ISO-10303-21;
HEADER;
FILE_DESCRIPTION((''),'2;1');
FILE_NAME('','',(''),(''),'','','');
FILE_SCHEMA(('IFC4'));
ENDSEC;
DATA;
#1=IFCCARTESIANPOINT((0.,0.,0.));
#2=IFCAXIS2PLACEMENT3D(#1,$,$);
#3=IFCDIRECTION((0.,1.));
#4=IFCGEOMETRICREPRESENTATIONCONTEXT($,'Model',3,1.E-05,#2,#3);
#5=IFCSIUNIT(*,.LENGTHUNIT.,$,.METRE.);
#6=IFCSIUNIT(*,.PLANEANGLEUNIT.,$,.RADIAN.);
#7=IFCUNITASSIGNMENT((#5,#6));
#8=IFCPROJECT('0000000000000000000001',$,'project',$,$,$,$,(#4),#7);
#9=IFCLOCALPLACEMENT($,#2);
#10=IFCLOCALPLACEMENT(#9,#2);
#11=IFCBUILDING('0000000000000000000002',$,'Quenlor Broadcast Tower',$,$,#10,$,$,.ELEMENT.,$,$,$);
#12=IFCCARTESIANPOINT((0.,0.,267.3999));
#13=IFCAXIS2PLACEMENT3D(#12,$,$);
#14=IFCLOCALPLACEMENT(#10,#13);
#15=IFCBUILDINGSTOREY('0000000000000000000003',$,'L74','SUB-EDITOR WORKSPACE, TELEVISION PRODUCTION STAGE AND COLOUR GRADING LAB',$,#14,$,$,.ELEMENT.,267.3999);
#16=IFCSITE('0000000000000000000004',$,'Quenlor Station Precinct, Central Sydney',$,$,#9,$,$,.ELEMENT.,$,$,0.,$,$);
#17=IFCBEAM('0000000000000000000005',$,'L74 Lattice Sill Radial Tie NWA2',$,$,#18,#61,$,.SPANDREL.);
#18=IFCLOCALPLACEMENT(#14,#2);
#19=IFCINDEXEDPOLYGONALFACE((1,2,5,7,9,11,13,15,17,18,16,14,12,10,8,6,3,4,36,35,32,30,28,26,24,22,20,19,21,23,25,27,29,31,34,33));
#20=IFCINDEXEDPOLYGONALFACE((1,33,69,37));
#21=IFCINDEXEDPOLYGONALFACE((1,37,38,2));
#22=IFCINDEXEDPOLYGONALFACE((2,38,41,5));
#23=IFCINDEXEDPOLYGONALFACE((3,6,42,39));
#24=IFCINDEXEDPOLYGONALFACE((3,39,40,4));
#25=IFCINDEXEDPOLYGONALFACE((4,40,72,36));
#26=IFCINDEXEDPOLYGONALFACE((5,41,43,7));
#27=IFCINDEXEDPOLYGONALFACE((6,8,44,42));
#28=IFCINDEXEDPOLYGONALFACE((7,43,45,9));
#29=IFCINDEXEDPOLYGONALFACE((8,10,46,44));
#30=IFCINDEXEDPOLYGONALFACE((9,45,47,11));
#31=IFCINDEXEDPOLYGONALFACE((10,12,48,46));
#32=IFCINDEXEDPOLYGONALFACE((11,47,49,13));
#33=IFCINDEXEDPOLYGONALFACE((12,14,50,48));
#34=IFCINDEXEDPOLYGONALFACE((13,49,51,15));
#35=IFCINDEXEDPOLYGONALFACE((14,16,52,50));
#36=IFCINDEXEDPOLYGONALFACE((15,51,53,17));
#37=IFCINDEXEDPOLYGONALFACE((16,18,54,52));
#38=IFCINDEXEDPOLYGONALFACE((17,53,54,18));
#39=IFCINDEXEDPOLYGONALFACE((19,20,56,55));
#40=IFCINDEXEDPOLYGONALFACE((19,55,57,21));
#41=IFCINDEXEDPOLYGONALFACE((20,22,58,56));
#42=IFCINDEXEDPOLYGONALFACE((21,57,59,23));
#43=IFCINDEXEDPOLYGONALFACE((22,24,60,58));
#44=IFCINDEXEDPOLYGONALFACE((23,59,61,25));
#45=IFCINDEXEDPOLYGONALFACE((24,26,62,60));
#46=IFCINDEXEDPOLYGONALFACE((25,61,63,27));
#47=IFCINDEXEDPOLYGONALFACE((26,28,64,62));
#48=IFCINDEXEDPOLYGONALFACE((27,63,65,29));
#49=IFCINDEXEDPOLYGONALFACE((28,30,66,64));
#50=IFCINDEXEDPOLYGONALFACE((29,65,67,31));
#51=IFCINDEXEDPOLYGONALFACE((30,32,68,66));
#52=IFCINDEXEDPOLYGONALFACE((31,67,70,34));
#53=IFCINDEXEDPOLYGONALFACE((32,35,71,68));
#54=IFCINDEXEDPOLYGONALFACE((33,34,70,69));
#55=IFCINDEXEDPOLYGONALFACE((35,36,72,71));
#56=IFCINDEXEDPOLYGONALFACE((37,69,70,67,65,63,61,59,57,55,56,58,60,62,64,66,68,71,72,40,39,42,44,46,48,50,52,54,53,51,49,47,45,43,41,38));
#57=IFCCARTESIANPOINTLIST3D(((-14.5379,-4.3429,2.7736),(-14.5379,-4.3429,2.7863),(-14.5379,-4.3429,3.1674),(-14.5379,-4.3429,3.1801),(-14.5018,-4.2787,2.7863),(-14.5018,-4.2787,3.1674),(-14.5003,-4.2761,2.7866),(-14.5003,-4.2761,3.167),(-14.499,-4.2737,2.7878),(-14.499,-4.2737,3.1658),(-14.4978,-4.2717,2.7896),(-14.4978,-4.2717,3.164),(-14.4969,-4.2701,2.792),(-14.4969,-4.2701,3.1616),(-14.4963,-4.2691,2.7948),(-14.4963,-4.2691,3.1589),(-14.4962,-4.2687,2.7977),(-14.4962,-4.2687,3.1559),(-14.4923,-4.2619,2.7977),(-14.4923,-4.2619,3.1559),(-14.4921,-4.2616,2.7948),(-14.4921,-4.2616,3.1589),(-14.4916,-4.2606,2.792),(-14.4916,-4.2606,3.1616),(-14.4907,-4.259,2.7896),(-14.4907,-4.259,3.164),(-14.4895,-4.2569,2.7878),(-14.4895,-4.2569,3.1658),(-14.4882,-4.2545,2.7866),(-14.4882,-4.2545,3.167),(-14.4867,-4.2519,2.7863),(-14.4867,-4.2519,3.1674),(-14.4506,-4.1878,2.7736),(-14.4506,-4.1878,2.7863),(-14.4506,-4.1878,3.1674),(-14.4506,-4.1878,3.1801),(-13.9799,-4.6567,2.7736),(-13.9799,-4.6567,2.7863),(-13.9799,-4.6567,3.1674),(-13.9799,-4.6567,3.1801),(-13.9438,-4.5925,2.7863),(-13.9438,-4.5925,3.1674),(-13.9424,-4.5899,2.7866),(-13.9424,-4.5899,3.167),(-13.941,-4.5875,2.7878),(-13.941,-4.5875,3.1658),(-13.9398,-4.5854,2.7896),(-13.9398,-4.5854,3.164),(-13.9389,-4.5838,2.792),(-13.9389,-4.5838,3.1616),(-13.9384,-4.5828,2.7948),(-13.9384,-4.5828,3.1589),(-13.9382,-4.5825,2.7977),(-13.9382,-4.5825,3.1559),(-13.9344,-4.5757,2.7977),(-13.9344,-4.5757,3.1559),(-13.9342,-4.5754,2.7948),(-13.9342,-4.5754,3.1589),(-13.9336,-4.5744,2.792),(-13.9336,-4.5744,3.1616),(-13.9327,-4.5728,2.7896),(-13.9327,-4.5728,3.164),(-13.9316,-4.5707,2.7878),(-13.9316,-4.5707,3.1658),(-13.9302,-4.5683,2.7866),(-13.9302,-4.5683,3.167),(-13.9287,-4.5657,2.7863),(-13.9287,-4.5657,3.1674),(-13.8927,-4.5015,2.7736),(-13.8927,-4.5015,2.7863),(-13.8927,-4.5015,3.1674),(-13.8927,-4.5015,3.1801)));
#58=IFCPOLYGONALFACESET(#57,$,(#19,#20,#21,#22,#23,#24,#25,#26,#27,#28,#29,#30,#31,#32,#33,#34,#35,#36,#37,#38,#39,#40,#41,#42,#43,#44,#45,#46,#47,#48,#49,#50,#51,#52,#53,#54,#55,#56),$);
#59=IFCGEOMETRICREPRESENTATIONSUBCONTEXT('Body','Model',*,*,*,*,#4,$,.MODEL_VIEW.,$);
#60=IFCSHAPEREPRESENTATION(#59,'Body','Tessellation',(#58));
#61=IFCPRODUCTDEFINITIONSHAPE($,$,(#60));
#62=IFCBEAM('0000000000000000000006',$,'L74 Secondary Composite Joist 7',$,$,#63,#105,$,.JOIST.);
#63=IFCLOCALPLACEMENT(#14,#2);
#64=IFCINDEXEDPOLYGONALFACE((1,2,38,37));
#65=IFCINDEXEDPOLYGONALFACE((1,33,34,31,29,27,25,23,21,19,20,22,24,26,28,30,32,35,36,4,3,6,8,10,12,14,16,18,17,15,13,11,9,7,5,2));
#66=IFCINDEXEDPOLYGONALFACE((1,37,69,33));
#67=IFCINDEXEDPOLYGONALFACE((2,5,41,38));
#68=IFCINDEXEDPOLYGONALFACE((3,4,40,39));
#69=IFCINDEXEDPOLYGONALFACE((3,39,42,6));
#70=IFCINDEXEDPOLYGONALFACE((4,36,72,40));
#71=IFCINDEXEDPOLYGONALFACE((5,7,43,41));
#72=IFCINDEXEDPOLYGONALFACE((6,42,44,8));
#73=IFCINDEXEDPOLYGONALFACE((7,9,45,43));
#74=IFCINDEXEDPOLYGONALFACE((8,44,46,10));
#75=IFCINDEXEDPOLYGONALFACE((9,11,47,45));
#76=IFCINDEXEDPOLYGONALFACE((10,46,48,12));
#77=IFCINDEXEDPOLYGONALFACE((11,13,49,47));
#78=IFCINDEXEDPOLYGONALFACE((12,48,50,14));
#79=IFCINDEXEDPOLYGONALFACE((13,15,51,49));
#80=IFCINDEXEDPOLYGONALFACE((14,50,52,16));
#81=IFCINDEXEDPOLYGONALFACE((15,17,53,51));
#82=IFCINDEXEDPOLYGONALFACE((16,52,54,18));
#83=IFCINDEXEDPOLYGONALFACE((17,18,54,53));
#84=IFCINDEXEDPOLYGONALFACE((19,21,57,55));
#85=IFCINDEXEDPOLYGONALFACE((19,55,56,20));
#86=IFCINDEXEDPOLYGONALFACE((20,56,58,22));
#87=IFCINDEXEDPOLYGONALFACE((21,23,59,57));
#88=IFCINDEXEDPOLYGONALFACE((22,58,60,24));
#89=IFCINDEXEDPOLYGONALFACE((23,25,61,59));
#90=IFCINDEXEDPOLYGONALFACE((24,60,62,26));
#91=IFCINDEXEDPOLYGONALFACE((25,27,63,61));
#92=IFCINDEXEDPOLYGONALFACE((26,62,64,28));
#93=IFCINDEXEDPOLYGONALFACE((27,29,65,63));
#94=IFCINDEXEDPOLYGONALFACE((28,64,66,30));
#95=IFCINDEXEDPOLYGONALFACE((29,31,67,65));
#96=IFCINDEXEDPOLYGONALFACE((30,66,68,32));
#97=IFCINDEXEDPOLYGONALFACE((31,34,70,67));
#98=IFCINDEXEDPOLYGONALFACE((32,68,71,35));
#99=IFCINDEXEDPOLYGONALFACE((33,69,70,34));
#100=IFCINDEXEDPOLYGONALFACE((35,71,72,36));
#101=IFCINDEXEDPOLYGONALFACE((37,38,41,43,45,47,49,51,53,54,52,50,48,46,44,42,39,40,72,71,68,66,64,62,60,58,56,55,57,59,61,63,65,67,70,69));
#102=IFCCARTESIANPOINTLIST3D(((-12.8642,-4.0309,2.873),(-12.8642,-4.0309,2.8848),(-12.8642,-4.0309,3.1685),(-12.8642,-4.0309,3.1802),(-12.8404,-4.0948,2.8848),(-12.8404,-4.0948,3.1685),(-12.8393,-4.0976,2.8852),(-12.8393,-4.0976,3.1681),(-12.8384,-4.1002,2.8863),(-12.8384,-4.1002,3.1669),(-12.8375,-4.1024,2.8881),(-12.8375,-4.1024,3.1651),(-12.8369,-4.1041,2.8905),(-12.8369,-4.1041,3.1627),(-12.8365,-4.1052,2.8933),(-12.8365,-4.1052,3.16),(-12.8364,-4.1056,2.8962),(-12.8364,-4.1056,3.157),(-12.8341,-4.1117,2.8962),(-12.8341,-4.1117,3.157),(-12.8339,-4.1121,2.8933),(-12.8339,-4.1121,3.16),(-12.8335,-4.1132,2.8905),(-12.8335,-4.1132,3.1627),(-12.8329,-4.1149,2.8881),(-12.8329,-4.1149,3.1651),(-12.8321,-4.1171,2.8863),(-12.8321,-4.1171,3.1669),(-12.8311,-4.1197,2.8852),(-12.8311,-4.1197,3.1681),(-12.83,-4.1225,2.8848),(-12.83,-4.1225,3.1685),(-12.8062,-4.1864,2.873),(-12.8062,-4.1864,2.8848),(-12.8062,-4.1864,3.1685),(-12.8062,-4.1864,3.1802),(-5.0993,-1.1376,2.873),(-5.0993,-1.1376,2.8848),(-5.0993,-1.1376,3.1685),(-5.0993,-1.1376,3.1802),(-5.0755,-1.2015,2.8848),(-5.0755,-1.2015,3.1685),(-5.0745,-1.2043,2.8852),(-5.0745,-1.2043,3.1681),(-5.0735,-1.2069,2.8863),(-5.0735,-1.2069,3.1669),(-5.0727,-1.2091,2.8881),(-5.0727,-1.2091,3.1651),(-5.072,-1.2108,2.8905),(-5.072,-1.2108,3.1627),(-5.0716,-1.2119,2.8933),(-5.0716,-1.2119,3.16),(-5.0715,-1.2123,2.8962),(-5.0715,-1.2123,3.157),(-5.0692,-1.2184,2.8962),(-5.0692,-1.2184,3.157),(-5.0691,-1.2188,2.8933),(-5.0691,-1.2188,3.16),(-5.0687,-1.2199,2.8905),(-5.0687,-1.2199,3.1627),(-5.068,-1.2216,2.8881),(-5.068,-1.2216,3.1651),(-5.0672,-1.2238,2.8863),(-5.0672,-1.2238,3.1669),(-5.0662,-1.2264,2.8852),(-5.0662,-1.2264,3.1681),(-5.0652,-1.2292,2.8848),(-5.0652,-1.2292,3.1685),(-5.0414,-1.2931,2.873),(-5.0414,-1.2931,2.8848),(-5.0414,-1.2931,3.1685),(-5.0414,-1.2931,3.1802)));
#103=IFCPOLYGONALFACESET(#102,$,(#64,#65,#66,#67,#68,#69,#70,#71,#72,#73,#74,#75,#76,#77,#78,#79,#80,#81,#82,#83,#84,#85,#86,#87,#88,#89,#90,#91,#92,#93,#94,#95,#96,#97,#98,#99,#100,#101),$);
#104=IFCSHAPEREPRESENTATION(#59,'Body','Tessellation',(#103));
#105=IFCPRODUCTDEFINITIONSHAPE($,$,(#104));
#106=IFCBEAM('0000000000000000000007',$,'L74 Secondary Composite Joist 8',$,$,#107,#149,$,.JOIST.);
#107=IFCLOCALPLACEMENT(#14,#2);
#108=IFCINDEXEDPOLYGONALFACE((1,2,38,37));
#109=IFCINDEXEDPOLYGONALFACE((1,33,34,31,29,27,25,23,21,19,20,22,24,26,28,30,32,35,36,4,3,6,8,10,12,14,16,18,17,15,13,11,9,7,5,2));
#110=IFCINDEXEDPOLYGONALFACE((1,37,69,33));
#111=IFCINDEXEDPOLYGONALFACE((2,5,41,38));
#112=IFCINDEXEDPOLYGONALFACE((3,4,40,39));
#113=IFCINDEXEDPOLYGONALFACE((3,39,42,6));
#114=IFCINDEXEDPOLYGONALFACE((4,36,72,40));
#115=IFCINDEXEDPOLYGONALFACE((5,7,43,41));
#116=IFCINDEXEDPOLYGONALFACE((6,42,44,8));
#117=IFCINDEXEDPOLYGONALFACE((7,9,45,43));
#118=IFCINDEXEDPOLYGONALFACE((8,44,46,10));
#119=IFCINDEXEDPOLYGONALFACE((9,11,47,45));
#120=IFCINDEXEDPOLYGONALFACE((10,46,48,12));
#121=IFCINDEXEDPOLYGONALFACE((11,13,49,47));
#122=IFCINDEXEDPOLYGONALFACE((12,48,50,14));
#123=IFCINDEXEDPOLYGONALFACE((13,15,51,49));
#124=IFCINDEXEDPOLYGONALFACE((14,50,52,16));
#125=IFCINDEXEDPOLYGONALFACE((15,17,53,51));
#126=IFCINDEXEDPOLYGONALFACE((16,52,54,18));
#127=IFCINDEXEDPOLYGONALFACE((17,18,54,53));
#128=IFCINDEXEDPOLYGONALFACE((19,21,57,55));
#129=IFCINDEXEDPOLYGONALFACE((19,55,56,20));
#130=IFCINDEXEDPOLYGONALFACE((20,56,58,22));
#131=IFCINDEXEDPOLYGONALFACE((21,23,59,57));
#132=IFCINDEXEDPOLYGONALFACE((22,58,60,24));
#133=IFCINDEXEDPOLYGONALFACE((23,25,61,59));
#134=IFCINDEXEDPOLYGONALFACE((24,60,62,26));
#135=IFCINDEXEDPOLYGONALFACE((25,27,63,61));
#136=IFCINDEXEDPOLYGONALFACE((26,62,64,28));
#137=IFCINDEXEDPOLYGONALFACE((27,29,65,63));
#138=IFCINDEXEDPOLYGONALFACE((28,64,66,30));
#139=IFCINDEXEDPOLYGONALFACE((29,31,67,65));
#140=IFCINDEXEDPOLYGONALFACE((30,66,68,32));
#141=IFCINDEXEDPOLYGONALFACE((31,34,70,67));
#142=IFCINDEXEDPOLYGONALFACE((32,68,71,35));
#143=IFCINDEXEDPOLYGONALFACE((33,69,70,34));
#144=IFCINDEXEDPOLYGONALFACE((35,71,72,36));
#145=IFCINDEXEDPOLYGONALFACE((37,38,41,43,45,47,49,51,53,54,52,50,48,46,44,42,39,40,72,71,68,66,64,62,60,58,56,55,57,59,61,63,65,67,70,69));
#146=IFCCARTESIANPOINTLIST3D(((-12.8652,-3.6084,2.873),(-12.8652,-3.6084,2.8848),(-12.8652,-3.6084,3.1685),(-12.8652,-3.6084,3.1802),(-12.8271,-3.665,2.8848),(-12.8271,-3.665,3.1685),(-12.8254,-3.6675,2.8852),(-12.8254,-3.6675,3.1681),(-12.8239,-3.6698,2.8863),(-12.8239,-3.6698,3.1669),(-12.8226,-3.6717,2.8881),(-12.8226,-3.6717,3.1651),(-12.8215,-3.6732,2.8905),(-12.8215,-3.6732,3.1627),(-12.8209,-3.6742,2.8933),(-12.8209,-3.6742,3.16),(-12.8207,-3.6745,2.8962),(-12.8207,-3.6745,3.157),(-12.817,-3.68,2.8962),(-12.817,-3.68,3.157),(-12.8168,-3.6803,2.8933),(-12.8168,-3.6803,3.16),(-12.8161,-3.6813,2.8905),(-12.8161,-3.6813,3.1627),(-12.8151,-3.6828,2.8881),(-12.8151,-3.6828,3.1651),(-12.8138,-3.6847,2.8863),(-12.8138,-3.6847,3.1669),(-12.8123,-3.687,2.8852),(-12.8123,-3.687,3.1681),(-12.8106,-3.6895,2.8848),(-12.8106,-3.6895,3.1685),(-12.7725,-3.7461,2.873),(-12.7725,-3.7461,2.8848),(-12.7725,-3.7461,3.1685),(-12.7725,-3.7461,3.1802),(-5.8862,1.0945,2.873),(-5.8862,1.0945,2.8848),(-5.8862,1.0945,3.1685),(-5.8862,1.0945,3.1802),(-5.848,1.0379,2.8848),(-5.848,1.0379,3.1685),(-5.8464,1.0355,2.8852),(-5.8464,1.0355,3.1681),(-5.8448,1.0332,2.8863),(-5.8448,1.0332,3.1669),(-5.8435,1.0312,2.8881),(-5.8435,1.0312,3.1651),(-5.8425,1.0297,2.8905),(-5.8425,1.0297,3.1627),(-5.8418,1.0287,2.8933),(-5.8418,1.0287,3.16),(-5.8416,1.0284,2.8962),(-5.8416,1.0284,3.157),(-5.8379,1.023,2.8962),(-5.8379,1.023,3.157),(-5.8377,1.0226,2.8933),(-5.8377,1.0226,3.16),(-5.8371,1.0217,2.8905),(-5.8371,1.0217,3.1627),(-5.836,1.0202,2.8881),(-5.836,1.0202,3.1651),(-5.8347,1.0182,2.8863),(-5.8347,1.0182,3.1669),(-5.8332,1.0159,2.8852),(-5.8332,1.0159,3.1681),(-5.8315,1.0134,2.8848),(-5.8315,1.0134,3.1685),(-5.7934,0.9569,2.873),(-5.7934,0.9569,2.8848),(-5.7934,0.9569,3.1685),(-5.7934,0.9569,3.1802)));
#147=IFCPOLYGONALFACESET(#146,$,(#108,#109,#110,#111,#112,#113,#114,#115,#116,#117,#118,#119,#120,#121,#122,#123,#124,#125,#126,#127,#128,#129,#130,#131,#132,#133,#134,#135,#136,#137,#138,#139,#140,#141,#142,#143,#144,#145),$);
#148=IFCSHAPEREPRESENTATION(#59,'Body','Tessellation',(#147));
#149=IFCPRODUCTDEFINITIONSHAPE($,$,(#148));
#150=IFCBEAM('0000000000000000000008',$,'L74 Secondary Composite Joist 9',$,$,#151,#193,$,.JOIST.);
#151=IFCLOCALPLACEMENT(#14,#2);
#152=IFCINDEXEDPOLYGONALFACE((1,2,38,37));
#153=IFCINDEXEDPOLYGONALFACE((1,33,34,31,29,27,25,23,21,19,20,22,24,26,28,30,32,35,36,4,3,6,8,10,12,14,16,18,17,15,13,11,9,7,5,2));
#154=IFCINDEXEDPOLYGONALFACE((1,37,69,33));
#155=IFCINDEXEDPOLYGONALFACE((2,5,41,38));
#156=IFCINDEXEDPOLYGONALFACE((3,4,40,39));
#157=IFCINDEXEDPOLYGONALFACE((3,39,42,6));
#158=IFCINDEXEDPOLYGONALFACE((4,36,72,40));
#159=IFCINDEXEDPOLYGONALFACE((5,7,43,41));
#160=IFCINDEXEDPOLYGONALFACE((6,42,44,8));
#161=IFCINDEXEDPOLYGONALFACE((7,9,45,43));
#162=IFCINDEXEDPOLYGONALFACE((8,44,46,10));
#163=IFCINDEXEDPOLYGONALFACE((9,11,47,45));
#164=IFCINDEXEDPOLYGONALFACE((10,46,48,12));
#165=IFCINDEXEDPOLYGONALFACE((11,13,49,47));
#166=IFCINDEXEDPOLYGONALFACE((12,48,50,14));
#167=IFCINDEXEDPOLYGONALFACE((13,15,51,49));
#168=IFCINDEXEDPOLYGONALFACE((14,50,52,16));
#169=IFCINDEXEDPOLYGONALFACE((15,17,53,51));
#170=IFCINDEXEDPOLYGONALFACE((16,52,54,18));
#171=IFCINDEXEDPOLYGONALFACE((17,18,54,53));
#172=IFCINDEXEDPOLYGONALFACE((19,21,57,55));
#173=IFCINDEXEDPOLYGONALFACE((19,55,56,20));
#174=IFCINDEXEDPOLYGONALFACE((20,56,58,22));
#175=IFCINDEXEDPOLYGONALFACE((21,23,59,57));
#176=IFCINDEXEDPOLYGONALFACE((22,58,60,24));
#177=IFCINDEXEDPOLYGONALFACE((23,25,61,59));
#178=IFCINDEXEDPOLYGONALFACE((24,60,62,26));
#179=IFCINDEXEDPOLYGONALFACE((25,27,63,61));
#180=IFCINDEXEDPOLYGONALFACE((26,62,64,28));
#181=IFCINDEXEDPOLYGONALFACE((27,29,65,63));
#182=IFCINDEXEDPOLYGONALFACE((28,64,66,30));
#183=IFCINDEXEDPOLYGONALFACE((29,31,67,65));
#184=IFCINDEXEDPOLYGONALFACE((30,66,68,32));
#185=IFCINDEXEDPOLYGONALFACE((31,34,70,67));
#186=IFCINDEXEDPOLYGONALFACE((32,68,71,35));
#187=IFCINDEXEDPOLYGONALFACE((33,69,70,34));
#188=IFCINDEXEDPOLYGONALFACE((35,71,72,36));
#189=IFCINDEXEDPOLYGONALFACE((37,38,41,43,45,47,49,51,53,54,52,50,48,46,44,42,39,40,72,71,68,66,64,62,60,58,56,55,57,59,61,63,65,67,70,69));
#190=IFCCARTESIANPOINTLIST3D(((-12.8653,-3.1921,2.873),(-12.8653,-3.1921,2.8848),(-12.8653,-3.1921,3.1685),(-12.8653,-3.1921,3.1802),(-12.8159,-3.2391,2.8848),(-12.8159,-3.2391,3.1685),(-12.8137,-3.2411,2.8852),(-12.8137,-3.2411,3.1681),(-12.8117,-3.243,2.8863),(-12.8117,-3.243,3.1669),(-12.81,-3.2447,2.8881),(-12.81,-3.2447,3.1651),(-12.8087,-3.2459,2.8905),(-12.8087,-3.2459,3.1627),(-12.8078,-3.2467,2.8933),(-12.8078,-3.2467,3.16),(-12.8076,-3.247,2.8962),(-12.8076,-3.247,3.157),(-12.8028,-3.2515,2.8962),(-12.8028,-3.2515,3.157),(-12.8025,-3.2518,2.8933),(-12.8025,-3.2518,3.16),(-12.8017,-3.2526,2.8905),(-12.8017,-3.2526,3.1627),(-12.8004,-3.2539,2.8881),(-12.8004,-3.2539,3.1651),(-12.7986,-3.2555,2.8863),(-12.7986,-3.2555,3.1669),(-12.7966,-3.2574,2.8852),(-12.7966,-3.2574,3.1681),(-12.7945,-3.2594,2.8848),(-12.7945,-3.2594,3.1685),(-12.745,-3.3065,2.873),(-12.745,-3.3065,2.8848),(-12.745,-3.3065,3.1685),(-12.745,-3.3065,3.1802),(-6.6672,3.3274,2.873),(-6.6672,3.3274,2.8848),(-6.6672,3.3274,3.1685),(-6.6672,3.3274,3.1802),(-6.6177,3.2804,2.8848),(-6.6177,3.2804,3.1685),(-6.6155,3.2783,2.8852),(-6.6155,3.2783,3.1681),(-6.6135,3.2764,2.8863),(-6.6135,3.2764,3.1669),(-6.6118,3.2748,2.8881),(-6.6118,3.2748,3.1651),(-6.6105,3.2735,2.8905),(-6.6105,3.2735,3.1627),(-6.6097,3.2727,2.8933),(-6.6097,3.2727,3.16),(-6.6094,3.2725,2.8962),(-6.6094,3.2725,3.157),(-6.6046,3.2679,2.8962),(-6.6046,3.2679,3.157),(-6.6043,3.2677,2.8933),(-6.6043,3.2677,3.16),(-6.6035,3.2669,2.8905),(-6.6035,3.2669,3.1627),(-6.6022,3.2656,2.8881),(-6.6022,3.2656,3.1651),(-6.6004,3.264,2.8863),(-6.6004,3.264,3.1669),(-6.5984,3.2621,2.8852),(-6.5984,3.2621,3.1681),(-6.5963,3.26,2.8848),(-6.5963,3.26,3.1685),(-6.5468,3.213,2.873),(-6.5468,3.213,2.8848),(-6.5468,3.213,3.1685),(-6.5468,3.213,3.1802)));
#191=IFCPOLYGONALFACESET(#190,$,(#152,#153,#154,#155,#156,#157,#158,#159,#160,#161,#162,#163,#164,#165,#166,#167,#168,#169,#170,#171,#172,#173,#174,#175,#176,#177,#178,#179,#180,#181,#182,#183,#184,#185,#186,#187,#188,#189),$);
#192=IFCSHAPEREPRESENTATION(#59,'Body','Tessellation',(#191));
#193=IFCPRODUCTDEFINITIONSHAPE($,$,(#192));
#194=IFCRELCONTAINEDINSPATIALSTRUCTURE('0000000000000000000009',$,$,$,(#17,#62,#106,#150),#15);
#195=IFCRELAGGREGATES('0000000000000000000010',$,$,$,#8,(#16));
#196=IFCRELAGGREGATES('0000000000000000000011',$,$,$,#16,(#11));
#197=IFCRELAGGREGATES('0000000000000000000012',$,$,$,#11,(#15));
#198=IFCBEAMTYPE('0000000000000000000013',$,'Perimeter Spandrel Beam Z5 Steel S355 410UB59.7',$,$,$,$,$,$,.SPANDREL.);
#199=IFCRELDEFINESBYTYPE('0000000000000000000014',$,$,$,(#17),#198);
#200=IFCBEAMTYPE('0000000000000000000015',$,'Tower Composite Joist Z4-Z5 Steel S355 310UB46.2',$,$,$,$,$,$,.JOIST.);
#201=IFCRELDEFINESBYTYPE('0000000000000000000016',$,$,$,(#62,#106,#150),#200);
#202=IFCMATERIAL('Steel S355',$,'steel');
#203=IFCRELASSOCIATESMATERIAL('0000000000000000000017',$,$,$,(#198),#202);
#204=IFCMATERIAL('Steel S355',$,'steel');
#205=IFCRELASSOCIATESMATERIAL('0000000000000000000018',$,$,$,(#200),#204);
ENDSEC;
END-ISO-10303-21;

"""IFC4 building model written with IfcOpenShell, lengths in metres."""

from ifc_helpers import new_model, si_unit, direction, frame, origin, origin_2d, place, context, subcontext, project, spatial, i_section, extrude, material, material_profile, profile_set, type_object, element, save


model = new_model("IFC4")

# Units and contexts
model_context = context("Model", 3, precision=1e-05, world=origin(), true_north=direction((0.0, 1.0)))
body_context = subcontext(model_context, "Body", "Model", "MODEL_VIEW")
ifc_project = project(units=[si_unit("LENGTHUNIT", "METRE"), si_unit("PLANEANGLEUNIT", "RADIAN")], contexts=[model_context])

# Site, building, storey
site_placement = place(None, origin())
site = spatial("IfcSite", under=ifc_project, at=site_placement, Name="Quenlor Station Precinct, Central Sydney", CompositionType="ELEMENT", RefElevation=0.0)
building_placement = place(site_placement, origin())
building = spatial("IfcBuilding", under=site, at=building_placement, Name="Quenlor Broadcast Tower", CompositionType="ELEMENT")
storey_placement = place(building_placement, frame((0.0, 0.0, 267.3999)))
storey = spatial("IfcBuildingStorey", under=building, at=storey_placement, Name="L74", Description="SUB-EDITOR WORKSPACE, TELEVISION PRODUCTION STAGE AND COLOUR GRADING LAB", CompositionType="ELEMENT", Elevation=267.3999)

# Beams
ifc_material_1 = material(Name="Steel S355", Category="steel")
ifc_material_profile_1 = material_profile(ifc_material_1, i_section(OverallWidth=0.178, OverallDepth=0.4065, WebThickness=0.0078, FlangeThickness=0.0127, FilletRadius=0.0115, at=origin_2d()))
ifc_profile_set_1 = profile_set([ifc_material_profile_1], Name="Steel S355 410UB59.7")
beam_type_1 = type_object("IfcBeamType", Name="Perimeter Spandrel Beam Z5 Steel S355 410UB59.7", PredefinedType="SPANDREL", material=ifc_profile_set_1)
beam_1_placement = place(storey_placement, frame((-13.9363, -4.5791, 2.9768), z_axis=(-0.871626, 0.490171, 0.0), x_axis=(-0.490171, -0.871626, 0.0)))
element("IfcBeam", 1, at=beam_1_placement, inside=storey, type_object=beam_type_1, Name="L74 Lattice Sill Radial Tie NWA2", PredefinedType="SPANDREL", context=body_context, shape_type="SweptSolid", body=[
    extrude(i_section(OverallWidth=0.178, OverallDepth=0.4065, WebThickness=0.0078, FlangeThickness=0.0127, FilletRadius=0.0115, at=origin_2d()), origin(), (0.0, 0.0, 1.0), 0.6401),
])
ifc_material_2 = material(Name="Steel S355", Category="steel")
ifc_material_profile_2 = material_profile(ifc_material_2, i_section(OverallWidth=0.166, OverallDepth=0.3071, WebThickness=0.0066, FlangeThickness=0.0117, FilletRadius=0.0115, at=origin_2d()))
ifc_profile_set_2 = profile_set([ifc_material_profile_2], Name="Steel S355 310UB46.2")
beam_type_2 = type_object("IfcBeamType", Name="Tower Composite Joist Z4-Z5 Steel S355 310UB46.2", PredefinedType="JOIST", material=ifc_profile_set_2)
beam_2_placement = place(storey_placement, frame((-12.8352, -4.1086, 3.0266), z_axis=(0.937062, 0.349163, 0.0), x_axis=(-0.349163, 0.937062, 0.0)))
element("IfcBeam", 2, at=beam_2_placement, inside=storey, type_object=beam_type_2, Name="L74 Secondary Composite Joist 7", PredefinedType="JOIST", context=body_context, shape_type="SweptSolid", body=[
    extrude(i_section(OverallWidth=0.166, OverallDepth=0.3071, WebThickness=0.0066, FlangeThickness=0.0117, FilletRadius=0.0115, at=origin_2d()), origin(), (0.0, 0.0, 1.0), 8.2864),
])
beam_3_placement = place(storey_placement, frame((-12.8188, -3.6772, 3.0266), z_axis=(0.829286, 0.558824, 0.0), x_axis=(-0.558824, 0.829286, 0.0)))
element("IfcBeam", 3, at=beam_3_placement, inside=storey, type_object=beam_type_2, Name="L74 Secondary Composite Joist 8", PredefinedType="JOIST", context=body_context, shape_type="SweptSolid", body=[
    extrude(i_section(OverallWidth=0.166, OverallDepth=0.3071, WebThickness=0.0066, FlangeThickness=0.0117, FilletRadius=0.0115, at=origin_2d()), origin(), (0.0, 0.0, 1.0), 8.4158),
])
beam_4_placement = place(storey_placement, frame((-12.8052, -3.2493, 3.0266), z_axis=(0.689023, 0.724739, 0.0), x_axis=(-0.724739, 0.689023, 0.0)))
element("IfcBeam", 4, at=beam_4_placement, inside=storey, type_object=beam_type_2, Name="L74 Secondary Composite Joist 9", PredefinedType="JOIST", context=body_context, shape_type="SweptSolid", body=[
    extrude(i_section(OverallWidth=0.166, OverallDepth=0.3071, WebThickness=0.0066, FlangeThickness=0.0117, FilletRadius=0.0115, at=origin_2d()), origin(), (0.0, 0.0, 1.0), 8.9956),
])

save(model, "model.ifc")
